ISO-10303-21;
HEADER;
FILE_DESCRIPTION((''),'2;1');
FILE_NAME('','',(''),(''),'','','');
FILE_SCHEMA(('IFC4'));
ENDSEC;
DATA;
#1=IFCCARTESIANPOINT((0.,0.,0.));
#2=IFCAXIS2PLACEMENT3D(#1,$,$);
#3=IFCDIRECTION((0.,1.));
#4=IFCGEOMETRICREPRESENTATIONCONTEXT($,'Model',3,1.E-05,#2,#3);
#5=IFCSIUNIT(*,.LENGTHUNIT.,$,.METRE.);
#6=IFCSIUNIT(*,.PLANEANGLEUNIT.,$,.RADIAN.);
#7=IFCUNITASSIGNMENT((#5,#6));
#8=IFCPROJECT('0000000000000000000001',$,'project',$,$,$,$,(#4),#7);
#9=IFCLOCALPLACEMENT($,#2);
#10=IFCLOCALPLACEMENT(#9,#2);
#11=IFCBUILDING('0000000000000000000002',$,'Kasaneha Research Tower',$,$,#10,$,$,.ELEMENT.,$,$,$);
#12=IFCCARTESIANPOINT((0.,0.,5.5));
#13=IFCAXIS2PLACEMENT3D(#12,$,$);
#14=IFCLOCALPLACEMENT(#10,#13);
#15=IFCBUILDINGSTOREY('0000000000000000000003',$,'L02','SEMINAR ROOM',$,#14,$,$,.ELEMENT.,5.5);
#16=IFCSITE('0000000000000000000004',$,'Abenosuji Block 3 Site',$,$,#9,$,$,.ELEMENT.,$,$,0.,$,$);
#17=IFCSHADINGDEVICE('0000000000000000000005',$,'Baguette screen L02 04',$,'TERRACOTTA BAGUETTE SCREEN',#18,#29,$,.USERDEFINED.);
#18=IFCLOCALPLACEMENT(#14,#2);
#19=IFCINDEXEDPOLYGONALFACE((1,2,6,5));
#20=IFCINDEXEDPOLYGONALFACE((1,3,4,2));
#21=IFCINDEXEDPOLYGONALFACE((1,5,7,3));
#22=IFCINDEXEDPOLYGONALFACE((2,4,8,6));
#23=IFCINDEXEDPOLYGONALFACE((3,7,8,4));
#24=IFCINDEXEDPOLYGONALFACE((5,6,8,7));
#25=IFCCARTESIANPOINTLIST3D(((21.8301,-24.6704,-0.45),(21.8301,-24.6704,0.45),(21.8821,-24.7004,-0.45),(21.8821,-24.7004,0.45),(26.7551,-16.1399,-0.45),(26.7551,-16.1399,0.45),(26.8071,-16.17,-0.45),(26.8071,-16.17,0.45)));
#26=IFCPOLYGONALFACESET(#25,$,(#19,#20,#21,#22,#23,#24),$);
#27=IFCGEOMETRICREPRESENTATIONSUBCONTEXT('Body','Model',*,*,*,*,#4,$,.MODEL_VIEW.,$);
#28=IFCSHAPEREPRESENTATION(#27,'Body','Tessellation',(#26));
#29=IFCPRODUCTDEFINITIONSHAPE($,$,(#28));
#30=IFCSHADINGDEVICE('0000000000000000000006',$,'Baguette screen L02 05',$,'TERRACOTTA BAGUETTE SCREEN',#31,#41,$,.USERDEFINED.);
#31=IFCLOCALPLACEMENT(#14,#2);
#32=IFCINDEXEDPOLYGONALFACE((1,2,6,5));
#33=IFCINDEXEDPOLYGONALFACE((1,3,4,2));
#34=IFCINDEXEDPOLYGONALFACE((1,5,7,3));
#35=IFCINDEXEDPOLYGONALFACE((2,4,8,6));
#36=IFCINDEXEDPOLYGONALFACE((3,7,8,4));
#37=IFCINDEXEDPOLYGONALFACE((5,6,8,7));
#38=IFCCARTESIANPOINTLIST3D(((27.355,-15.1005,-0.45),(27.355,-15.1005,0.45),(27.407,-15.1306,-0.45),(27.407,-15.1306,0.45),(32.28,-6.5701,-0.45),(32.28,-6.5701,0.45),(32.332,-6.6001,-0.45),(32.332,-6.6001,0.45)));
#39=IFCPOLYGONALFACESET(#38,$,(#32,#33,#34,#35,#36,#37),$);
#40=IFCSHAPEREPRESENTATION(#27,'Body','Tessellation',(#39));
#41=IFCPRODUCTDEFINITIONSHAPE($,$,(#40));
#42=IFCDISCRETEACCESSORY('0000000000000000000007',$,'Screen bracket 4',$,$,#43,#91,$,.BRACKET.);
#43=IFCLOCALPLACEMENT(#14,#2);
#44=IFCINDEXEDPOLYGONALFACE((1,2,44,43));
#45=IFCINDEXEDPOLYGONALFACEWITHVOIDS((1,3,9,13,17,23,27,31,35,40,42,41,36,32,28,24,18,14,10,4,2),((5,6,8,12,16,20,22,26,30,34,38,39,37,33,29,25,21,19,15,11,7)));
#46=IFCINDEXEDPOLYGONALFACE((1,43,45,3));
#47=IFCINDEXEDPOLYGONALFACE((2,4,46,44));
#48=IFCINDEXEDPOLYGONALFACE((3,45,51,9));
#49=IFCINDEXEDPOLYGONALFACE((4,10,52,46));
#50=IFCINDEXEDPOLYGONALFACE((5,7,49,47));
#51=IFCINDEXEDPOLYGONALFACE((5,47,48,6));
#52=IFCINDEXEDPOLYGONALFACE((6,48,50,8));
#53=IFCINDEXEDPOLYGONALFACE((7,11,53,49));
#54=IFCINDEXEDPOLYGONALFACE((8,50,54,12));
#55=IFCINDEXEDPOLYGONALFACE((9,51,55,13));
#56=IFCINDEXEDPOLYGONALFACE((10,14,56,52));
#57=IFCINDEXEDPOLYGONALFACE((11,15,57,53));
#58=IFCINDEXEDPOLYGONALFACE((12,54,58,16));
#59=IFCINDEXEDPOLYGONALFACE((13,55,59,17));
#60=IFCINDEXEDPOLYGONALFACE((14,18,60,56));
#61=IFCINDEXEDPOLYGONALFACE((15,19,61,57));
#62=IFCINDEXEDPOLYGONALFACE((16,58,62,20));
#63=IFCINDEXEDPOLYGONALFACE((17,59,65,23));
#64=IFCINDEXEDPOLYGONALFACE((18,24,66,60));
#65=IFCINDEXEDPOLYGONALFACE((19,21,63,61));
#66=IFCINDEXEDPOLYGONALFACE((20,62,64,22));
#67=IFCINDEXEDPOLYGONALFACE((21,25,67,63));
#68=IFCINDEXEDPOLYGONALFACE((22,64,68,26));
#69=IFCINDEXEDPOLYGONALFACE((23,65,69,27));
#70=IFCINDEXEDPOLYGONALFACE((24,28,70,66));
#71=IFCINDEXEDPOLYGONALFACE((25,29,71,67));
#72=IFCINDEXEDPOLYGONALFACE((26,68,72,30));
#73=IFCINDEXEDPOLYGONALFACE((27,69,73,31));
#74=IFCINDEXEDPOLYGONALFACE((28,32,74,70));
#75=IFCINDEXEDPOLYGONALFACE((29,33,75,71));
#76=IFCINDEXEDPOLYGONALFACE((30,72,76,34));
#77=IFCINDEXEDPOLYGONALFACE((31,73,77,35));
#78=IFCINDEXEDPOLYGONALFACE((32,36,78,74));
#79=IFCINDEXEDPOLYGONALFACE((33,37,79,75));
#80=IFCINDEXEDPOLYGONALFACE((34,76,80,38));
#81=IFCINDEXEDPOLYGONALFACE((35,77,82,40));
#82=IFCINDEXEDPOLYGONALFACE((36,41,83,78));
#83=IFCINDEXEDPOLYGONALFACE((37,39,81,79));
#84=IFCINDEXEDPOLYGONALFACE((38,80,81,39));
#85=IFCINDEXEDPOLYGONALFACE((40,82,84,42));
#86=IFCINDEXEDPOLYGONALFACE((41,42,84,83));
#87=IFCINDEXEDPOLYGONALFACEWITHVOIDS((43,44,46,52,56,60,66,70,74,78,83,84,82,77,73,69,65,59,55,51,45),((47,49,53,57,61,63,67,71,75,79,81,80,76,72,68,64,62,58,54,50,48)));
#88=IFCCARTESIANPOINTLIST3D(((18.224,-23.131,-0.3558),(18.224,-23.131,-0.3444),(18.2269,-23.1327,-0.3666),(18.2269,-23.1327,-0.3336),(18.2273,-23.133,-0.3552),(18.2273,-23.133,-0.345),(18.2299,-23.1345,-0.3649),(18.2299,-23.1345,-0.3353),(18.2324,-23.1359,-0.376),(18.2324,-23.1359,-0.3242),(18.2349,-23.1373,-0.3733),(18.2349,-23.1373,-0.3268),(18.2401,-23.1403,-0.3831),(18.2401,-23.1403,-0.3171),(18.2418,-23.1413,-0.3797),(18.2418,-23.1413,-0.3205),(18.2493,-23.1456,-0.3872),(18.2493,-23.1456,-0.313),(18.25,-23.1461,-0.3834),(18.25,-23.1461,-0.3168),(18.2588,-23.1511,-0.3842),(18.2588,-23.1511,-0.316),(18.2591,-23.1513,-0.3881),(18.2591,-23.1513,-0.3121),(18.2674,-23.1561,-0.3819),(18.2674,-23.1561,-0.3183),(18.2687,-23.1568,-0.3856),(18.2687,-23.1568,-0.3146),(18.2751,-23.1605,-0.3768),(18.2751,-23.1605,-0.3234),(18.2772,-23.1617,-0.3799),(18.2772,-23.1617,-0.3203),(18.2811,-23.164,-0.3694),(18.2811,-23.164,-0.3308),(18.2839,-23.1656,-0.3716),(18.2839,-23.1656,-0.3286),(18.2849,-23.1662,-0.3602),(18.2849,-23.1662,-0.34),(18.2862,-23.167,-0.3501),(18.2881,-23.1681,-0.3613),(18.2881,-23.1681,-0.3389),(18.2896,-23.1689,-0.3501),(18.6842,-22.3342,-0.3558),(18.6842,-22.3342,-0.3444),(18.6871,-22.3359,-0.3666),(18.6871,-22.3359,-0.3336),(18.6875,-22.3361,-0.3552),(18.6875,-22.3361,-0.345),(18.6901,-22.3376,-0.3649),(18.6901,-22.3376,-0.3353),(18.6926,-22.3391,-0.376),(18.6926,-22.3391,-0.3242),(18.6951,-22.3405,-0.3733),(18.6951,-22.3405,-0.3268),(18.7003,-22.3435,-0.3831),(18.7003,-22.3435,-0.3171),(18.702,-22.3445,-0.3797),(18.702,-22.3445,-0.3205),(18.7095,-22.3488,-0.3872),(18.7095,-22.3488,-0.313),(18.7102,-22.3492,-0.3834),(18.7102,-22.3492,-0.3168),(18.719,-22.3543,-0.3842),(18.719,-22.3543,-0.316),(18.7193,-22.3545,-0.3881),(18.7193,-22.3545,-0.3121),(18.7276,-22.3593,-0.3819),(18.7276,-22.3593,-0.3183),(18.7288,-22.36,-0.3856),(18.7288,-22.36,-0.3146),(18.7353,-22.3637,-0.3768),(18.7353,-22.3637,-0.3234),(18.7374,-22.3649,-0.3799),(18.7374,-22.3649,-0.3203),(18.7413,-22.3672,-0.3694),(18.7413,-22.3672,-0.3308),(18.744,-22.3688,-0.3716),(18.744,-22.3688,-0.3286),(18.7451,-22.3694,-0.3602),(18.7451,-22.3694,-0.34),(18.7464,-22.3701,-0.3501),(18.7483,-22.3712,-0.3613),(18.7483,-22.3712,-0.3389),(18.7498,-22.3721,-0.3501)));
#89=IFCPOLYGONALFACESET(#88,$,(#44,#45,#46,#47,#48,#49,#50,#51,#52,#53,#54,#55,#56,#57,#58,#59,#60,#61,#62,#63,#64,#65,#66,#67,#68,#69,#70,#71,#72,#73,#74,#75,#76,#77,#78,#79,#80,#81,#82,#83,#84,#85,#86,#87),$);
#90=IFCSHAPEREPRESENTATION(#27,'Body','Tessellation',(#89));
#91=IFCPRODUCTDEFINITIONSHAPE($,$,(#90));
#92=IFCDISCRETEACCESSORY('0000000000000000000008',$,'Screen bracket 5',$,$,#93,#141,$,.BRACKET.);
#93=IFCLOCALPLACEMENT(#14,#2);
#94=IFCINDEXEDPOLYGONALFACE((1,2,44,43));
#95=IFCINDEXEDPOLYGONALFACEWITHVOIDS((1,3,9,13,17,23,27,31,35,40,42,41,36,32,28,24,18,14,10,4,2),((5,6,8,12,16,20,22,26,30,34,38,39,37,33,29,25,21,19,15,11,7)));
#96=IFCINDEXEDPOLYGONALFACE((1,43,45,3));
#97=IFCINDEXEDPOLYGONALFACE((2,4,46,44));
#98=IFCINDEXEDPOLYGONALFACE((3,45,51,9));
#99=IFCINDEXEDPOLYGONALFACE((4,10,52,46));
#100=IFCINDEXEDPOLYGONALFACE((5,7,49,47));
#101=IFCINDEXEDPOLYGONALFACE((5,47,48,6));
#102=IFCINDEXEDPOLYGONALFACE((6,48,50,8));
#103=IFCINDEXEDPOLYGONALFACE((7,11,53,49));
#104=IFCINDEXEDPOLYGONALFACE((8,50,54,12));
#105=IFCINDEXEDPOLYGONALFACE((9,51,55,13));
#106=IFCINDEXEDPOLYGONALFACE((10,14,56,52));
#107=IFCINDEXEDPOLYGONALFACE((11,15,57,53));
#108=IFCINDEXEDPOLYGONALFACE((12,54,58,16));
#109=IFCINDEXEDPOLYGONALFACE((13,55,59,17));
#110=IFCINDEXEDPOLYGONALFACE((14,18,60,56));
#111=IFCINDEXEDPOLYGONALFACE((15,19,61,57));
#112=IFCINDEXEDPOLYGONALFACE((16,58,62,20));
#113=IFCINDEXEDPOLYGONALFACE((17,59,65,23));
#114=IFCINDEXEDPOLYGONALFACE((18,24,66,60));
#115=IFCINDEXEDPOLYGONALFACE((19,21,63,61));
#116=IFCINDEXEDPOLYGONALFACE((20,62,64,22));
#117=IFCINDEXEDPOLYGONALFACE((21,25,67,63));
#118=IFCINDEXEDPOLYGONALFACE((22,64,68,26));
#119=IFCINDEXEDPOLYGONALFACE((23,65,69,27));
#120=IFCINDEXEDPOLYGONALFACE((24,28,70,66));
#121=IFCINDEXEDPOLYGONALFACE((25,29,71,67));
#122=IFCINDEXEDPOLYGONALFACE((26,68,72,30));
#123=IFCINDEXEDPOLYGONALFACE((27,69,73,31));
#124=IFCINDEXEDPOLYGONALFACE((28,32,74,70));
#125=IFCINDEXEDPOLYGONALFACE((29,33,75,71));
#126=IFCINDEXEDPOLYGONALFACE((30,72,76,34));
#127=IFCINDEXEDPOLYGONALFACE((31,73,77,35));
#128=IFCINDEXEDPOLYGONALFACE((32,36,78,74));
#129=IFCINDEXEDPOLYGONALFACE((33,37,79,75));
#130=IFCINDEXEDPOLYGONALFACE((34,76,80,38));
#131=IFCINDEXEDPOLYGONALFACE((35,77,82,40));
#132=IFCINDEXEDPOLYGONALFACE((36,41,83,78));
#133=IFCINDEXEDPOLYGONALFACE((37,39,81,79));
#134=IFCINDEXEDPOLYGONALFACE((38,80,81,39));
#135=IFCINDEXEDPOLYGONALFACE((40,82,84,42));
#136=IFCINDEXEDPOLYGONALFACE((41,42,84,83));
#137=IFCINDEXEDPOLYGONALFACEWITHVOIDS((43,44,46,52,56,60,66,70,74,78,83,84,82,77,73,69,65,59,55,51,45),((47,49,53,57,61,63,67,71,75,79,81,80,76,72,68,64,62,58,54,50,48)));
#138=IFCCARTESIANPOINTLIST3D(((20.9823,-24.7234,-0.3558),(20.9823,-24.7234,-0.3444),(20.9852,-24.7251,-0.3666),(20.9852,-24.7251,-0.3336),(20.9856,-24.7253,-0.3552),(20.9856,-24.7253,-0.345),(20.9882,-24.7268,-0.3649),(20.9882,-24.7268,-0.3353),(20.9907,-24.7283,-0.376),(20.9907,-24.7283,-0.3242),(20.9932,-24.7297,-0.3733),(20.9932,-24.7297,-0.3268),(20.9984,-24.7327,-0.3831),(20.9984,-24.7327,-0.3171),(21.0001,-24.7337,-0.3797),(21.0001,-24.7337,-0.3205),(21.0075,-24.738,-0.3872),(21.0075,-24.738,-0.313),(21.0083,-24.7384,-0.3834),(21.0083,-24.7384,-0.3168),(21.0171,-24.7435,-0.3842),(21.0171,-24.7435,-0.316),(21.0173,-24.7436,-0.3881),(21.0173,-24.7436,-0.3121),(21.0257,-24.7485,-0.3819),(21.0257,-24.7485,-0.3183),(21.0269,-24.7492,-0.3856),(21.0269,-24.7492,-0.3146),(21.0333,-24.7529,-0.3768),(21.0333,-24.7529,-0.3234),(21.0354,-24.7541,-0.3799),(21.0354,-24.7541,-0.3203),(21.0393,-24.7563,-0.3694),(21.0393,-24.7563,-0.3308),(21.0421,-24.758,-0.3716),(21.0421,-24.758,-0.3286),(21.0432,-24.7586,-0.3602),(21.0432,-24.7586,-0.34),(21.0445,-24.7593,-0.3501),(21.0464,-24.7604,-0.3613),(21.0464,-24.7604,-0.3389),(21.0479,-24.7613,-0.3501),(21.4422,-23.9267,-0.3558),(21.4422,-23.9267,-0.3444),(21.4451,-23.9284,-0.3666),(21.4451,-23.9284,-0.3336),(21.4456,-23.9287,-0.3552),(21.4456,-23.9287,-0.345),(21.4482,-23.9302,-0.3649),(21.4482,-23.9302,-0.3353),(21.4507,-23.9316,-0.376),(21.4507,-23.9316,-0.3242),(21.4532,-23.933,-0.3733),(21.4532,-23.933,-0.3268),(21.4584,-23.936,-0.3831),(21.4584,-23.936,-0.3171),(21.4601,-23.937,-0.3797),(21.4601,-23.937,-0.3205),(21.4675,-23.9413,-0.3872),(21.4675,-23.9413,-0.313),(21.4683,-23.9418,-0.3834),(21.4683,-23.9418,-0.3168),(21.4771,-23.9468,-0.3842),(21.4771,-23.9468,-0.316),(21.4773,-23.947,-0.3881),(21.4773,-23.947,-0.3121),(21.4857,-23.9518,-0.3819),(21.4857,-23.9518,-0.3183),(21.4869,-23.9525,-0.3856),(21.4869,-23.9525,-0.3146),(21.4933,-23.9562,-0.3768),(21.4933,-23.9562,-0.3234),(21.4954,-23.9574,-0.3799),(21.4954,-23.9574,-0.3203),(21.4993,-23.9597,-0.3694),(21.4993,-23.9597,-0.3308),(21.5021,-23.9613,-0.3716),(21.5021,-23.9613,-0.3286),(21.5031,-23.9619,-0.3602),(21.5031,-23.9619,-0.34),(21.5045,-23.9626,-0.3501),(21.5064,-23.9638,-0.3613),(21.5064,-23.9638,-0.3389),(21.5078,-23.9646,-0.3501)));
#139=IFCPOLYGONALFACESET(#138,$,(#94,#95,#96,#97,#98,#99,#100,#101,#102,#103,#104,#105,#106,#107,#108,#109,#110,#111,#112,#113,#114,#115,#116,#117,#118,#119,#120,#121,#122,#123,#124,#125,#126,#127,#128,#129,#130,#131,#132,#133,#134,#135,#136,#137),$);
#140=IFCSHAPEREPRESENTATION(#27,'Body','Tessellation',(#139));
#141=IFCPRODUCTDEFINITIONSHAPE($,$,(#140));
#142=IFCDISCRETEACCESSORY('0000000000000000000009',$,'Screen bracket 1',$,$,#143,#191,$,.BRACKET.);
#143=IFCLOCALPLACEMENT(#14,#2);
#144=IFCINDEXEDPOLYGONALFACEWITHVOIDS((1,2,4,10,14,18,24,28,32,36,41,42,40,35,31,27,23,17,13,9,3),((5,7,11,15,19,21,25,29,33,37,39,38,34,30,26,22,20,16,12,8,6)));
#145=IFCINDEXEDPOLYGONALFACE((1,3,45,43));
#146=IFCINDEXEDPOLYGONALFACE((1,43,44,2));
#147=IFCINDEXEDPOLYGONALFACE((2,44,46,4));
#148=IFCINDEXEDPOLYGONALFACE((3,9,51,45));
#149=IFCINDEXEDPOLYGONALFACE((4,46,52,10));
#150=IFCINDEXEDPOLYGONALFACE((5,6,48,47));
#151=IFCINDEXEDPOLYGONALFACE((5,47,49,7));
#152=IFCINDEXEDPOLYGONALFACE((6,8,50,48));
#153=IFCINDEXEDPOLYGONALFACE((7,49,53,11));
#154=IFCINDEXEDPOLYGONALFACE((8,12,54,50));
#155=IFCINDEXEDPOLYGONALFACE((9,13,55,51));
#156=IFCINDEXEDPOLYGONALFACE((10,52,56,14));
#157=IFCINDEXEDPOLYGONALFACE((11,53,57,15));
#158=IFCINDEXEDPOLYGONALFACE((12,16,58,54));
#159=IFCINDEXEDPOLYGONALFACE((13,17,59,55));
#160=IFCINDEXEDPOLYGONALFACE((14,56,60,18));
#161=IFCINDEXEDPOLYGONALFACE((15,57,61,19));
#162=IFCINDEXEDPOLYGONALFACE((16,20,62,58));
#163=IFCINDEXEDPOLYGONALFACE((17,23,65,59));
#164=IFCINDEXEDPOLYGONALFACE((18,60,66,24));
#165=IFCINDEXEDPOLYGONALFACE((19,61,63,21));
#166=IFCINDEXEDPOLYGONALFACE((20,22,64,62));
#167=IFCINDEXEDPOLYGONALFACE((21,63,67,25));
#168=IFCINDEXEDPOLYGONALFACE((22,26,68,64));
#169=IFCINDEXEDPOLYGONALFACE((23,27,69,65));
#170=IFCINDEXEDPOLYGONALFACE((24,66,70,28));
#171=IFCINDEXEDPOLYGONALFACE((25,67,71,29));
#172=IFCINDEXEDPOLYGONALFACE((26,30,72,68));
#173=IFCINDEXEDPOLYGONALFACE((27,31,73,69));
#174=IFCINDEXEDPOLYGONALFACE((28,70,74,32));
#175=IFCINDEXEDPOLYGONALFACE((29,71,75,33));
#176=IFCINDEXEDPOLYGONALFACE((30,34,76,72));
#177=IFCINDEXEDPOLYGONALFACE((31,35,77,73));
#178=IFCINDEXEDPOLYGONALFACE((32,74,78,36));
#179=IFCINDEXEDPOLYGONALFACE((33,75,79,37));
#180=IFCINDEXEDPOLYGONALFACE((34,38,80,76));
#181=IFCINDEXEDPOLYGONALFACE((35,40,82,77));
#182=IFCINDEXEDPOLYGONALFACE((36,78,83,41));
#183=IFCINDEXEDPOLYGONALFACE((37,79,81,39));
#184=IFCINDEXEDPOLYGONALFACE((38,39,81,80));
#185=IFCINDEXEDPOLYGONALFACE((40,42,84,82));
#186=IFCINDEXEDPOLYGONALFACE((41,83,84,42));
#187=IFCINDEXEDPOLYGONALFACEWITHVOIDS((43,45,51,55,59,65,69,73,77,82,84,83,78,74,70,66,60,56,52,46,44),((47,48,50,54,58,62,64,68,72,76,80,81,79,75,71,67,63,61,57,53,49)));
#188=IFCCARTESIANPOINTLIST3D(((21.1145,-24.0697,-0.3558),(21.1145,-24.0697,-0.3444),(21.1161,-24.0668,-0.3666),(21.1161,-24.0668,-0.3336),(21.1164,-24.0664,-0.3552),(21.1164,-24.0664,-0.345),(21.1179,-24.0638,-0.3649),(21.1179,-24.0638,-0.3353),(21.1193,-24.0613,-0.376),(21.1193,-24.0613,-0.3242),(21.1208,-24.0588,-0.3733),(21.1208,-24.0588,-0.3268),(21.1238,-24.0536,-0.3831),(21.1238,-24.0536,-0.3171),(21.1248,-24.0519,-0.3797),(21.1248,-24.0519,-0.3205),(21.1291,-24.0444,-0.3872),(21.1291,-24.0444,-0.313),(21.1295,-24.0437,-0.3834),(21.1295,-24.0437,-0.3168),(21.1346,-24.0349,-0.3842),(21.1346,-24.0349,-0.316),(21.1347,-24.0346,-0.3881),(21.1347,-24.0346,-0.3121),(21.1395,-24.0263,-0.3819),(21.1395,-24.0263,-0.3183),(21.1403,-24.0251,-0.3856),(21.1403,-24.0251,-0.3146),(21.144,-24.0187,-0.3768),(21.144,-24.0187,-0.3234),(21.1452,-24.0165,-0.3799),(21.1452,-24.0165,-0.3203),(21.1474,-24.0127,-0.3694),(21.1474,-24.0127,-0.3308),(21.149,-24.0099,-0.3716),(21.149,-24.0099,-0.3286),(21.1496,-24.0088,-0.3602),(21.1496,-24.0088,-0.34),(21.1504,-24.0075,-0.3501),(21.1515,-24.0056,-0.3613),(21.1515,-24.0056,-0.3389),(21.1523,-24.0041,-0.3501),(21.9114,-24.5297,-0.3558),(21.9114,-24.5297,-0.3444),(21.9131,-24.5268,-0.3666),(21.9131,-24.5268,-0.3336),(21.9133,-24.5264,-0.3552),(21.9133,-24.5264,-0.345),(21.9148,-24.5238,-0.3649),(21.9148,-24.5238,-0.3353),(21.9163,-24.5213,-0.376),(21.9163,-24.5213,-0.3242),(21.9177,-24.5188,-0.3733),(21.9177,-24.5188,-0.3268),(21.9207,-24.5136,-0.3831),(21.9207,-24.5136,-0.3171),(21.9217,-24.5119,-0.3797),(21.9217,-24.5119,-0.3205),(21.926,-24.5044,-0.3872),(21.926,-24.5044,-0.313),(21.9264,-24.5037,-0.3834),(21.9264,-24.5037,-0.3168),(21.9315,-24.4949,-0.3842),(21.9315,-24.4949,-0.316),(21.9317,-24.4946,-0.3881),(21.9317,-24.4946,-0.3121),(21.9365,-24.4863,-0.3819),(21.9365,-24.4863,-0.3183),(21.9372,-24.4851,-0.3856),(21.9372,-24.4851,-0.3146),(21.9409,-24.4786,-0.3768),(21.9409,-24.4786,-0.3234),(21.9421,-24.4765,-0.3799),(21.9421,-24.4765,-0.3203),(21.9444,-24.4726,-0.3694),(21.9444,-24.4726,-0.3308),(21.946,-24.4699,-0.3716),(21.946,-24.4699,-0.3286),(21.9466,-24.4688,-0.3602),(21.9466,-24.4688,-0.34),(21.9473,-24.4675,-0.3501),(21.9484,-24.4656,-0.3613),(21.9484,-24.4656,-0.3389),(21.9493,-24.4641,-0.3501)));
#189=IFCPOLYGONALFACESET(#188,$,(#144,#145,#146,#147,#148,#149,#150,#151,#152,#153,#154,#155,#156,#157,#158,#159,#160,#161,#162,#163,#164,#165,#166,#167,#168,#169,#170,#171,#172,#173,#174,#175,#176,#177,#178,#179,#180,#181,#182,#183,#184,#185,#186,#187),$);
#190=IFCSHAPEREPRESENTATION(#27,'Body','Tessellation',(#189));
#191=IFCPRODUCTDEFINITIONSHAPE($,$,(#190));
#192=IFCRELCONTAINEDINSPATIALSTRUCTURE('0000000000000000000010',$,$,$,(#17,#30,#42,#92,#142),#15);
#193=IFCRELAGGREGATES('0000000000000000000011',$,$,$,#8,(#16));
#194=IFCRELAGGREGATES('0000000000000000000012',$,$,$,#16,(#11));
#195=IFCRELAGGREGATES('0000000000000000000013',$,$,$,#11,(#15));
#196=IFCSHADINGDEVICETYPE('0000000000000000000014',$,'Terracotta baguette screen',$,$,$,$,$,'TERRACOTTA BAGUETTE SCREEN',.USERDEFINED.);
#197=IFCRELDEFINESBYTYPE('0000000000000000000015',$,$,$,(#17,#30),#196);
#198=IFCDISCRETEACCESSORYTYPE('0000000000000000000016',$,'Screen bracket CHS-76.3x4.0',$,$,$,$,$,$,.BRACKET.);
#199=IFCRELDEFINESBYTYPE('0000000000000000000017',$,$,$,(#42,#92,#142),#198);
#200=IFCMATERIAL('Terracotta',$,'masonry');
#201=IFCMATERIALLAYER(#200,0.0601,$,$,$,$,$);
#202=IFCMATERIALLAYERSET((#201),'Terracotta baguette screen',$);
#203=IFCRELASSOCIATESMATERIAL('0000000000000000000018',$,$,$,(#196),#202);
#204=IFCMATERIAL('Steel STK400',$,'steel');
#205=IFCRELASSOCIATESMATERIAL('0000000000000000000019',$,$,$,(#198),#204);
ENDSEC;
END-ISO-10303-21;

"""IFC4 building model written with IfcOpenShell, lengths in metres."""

from ifc_helpers import new_model, si_unit, direction, frame, origin, origin_2d, place, context, subcontext, project, spatial, rectangle, hollow_circle, extrude, material, layer, layer_set, material_profile, profile_set, type_object, element, save


model = new_model("IFC4")

# Units and contexts
model_context = context("Model", 3, precision=1e-05, world=origin(), true_north=direction((0.0, 1.0)))
body_context = subcontext(model_context, "Body", "Model", "MODEL_VIEW")
ifc_project = project(units=[si_unit("LENGTHUNIT", "METRE"), si_unit("PLANEANGLEUNIT", "RADIAN")], contexts=[model_context])

# Site, building, storey
site_placement = place(None, origin())
site = spatial("IfcSite", under=ifc_project, at=site_placement, Name="Abenosuji Block 3 Site", CompositionType="ELEMENT", RefElevation=0.0)
building_placement = place(site_placement, origin())
building = spatial("IfcBuilding", under=site, at=building_placement, Name="Kasaneha Research Tower", CompositionType="ELEMENT")
storey_placement = place(building_placement, frame((0.0, 0.0, 5.5)))
storey = spatial("IfcBuildingStorey", under=building, at=storey_placement, Name="L02", Description="SEMINAR ROOM", CompositionType="ELEMENT", Elevation=5.5)

# Shading devices
ifc_material_1 = material(Name="Terracotta", Category="masonry")
ifc_layer_1 = layer(ifc_material_1, 0.0601)
ifc_layer_set_1 = layer_set([ifc_layer_1], Name="Terracotta baguette screen")
shading_device_type = type_object("IfcShadingDeviceType", Name="Terracotta baguette screen", ElementType="TERRACOTTA BAGUETTE SCREEN", PredefinedType="USERDEFINED", material=ifc_layer_set_1)
for number, where, z_axis, x_axis, name in (
    (1, (24.3186, -20.4202, -0.45), (0.0, 0.0, 1.0), (0.5, 0.866025, 0.0), "Baguette screen L02 04"),
    (2, (29.8435, -10.8503, -0.45), (0.0, 0.0, 1.0), (0.5, 0.866025, 0.0), "Baguette screen L02 05"),
):
    element("IfcShadingDevice", number, at=place(storey_placement, frame(where, z_axis=z_axis, x_axis=x_axis)), inside=storey, type_object=shading_device_type, Name=name, ObjectType="TERRACOTTA BAGUETTE SCREEN", PredefinedType="USERDEFINED", context=body_context, shape_type="SweptSolid", body=[
        extrude(rectangle(XDim=9.8501, YDim=0.0601, at=origin_2d()), origin(), (0.0, 0.0, 1.0), 0.8999),
    ])

# Discrete accessories
ifc_material_2 = material(Name="Steel STK400", Category="steel")
ifc_material_profile_1 = material_profile(ifc_material_2, hollow_circle(Radius=0.0381, WallThickness=0.0039, at=origin_2d()), Name="CHS-76.3x4.0")
ifc_profile_set_1 = profile_set([ifc_material_profile_1], Name="Steel STK400")
discrete_accessory_type = type_object("IfcDiscreteAccessoryType", Name="Screen bracket CHS-76.3x4.0", PredefinedType="BRACKET", material=ifc_profile_set_1)
discrete_accessory_1_placement = place(storey_placement, frame((18.7168, -22.353, -0.3501), z_axis=(-0.500105, -0.865965, 0.0), x_axis=(0.865965, -0.500105, 0.0)))
element("IfcDiscreteAccessory", 3, at=discrete_accessory_1_placement, inside=storey, type_object=discrete_accessory_type, Name="Screen bracket 4", PredefinedType="BRACKET", context=body_context, shape_type="SweptSolid", body=[
    extrude(hollow_circle(Radius=0.0381, WallThickness=0.0039, at=origin_2d()), origin(), (0.0, 0.0, 1.0), 0.9202),
])
discrete_accessory_2_placement = place(storey_placement, frame((21.4749, -23.9456, -0.3501), z_axis=(-0.500021, -0.866013, 0.0), x_axis=(0.866013, -0.500021, 0.0)))
element("IfcDiscreteAccessory", 4, at=discrete_accessory_2_placement, inside=storey, type_object=discrete_accessory_type, Name="Screen bracket 5", PredefinedType="BRACKET", context=body_context, shape_type="SweptSolid", body=[
    extrude(hollow_circle(Radius=0.0381, WallThickness=0.0039, at=origin_2d()), origin(), (0.0, 0.0, 1.0), 0.9199),
])
for number, where, z_axis, x_axis, name in (
    (5, (21.1333, -24.0371, -0.3501), (0.86608, -0.499906, 0.0), (0.499906, 0.86608, 0.0), "Screen bracket 1"),
):
    element("IfcDiscreteAccessory", number, at=place(storey_placement, frame(where, z_axis=z_axis, x_axis=x_axis)), inside=storey, type_object=discrete_accessory_type, Name=name, PredefinedType="BRACKET", context=body_context, shape_type="SweptSolid", body=[
        extrude(hollow_circle(Radius=0.0381, WallThickness=0.0039, at=origin_2d()), origin(), (0.0, 0.0, 1.0), 0.9202),
    ])

save(model, "model.ifc")
